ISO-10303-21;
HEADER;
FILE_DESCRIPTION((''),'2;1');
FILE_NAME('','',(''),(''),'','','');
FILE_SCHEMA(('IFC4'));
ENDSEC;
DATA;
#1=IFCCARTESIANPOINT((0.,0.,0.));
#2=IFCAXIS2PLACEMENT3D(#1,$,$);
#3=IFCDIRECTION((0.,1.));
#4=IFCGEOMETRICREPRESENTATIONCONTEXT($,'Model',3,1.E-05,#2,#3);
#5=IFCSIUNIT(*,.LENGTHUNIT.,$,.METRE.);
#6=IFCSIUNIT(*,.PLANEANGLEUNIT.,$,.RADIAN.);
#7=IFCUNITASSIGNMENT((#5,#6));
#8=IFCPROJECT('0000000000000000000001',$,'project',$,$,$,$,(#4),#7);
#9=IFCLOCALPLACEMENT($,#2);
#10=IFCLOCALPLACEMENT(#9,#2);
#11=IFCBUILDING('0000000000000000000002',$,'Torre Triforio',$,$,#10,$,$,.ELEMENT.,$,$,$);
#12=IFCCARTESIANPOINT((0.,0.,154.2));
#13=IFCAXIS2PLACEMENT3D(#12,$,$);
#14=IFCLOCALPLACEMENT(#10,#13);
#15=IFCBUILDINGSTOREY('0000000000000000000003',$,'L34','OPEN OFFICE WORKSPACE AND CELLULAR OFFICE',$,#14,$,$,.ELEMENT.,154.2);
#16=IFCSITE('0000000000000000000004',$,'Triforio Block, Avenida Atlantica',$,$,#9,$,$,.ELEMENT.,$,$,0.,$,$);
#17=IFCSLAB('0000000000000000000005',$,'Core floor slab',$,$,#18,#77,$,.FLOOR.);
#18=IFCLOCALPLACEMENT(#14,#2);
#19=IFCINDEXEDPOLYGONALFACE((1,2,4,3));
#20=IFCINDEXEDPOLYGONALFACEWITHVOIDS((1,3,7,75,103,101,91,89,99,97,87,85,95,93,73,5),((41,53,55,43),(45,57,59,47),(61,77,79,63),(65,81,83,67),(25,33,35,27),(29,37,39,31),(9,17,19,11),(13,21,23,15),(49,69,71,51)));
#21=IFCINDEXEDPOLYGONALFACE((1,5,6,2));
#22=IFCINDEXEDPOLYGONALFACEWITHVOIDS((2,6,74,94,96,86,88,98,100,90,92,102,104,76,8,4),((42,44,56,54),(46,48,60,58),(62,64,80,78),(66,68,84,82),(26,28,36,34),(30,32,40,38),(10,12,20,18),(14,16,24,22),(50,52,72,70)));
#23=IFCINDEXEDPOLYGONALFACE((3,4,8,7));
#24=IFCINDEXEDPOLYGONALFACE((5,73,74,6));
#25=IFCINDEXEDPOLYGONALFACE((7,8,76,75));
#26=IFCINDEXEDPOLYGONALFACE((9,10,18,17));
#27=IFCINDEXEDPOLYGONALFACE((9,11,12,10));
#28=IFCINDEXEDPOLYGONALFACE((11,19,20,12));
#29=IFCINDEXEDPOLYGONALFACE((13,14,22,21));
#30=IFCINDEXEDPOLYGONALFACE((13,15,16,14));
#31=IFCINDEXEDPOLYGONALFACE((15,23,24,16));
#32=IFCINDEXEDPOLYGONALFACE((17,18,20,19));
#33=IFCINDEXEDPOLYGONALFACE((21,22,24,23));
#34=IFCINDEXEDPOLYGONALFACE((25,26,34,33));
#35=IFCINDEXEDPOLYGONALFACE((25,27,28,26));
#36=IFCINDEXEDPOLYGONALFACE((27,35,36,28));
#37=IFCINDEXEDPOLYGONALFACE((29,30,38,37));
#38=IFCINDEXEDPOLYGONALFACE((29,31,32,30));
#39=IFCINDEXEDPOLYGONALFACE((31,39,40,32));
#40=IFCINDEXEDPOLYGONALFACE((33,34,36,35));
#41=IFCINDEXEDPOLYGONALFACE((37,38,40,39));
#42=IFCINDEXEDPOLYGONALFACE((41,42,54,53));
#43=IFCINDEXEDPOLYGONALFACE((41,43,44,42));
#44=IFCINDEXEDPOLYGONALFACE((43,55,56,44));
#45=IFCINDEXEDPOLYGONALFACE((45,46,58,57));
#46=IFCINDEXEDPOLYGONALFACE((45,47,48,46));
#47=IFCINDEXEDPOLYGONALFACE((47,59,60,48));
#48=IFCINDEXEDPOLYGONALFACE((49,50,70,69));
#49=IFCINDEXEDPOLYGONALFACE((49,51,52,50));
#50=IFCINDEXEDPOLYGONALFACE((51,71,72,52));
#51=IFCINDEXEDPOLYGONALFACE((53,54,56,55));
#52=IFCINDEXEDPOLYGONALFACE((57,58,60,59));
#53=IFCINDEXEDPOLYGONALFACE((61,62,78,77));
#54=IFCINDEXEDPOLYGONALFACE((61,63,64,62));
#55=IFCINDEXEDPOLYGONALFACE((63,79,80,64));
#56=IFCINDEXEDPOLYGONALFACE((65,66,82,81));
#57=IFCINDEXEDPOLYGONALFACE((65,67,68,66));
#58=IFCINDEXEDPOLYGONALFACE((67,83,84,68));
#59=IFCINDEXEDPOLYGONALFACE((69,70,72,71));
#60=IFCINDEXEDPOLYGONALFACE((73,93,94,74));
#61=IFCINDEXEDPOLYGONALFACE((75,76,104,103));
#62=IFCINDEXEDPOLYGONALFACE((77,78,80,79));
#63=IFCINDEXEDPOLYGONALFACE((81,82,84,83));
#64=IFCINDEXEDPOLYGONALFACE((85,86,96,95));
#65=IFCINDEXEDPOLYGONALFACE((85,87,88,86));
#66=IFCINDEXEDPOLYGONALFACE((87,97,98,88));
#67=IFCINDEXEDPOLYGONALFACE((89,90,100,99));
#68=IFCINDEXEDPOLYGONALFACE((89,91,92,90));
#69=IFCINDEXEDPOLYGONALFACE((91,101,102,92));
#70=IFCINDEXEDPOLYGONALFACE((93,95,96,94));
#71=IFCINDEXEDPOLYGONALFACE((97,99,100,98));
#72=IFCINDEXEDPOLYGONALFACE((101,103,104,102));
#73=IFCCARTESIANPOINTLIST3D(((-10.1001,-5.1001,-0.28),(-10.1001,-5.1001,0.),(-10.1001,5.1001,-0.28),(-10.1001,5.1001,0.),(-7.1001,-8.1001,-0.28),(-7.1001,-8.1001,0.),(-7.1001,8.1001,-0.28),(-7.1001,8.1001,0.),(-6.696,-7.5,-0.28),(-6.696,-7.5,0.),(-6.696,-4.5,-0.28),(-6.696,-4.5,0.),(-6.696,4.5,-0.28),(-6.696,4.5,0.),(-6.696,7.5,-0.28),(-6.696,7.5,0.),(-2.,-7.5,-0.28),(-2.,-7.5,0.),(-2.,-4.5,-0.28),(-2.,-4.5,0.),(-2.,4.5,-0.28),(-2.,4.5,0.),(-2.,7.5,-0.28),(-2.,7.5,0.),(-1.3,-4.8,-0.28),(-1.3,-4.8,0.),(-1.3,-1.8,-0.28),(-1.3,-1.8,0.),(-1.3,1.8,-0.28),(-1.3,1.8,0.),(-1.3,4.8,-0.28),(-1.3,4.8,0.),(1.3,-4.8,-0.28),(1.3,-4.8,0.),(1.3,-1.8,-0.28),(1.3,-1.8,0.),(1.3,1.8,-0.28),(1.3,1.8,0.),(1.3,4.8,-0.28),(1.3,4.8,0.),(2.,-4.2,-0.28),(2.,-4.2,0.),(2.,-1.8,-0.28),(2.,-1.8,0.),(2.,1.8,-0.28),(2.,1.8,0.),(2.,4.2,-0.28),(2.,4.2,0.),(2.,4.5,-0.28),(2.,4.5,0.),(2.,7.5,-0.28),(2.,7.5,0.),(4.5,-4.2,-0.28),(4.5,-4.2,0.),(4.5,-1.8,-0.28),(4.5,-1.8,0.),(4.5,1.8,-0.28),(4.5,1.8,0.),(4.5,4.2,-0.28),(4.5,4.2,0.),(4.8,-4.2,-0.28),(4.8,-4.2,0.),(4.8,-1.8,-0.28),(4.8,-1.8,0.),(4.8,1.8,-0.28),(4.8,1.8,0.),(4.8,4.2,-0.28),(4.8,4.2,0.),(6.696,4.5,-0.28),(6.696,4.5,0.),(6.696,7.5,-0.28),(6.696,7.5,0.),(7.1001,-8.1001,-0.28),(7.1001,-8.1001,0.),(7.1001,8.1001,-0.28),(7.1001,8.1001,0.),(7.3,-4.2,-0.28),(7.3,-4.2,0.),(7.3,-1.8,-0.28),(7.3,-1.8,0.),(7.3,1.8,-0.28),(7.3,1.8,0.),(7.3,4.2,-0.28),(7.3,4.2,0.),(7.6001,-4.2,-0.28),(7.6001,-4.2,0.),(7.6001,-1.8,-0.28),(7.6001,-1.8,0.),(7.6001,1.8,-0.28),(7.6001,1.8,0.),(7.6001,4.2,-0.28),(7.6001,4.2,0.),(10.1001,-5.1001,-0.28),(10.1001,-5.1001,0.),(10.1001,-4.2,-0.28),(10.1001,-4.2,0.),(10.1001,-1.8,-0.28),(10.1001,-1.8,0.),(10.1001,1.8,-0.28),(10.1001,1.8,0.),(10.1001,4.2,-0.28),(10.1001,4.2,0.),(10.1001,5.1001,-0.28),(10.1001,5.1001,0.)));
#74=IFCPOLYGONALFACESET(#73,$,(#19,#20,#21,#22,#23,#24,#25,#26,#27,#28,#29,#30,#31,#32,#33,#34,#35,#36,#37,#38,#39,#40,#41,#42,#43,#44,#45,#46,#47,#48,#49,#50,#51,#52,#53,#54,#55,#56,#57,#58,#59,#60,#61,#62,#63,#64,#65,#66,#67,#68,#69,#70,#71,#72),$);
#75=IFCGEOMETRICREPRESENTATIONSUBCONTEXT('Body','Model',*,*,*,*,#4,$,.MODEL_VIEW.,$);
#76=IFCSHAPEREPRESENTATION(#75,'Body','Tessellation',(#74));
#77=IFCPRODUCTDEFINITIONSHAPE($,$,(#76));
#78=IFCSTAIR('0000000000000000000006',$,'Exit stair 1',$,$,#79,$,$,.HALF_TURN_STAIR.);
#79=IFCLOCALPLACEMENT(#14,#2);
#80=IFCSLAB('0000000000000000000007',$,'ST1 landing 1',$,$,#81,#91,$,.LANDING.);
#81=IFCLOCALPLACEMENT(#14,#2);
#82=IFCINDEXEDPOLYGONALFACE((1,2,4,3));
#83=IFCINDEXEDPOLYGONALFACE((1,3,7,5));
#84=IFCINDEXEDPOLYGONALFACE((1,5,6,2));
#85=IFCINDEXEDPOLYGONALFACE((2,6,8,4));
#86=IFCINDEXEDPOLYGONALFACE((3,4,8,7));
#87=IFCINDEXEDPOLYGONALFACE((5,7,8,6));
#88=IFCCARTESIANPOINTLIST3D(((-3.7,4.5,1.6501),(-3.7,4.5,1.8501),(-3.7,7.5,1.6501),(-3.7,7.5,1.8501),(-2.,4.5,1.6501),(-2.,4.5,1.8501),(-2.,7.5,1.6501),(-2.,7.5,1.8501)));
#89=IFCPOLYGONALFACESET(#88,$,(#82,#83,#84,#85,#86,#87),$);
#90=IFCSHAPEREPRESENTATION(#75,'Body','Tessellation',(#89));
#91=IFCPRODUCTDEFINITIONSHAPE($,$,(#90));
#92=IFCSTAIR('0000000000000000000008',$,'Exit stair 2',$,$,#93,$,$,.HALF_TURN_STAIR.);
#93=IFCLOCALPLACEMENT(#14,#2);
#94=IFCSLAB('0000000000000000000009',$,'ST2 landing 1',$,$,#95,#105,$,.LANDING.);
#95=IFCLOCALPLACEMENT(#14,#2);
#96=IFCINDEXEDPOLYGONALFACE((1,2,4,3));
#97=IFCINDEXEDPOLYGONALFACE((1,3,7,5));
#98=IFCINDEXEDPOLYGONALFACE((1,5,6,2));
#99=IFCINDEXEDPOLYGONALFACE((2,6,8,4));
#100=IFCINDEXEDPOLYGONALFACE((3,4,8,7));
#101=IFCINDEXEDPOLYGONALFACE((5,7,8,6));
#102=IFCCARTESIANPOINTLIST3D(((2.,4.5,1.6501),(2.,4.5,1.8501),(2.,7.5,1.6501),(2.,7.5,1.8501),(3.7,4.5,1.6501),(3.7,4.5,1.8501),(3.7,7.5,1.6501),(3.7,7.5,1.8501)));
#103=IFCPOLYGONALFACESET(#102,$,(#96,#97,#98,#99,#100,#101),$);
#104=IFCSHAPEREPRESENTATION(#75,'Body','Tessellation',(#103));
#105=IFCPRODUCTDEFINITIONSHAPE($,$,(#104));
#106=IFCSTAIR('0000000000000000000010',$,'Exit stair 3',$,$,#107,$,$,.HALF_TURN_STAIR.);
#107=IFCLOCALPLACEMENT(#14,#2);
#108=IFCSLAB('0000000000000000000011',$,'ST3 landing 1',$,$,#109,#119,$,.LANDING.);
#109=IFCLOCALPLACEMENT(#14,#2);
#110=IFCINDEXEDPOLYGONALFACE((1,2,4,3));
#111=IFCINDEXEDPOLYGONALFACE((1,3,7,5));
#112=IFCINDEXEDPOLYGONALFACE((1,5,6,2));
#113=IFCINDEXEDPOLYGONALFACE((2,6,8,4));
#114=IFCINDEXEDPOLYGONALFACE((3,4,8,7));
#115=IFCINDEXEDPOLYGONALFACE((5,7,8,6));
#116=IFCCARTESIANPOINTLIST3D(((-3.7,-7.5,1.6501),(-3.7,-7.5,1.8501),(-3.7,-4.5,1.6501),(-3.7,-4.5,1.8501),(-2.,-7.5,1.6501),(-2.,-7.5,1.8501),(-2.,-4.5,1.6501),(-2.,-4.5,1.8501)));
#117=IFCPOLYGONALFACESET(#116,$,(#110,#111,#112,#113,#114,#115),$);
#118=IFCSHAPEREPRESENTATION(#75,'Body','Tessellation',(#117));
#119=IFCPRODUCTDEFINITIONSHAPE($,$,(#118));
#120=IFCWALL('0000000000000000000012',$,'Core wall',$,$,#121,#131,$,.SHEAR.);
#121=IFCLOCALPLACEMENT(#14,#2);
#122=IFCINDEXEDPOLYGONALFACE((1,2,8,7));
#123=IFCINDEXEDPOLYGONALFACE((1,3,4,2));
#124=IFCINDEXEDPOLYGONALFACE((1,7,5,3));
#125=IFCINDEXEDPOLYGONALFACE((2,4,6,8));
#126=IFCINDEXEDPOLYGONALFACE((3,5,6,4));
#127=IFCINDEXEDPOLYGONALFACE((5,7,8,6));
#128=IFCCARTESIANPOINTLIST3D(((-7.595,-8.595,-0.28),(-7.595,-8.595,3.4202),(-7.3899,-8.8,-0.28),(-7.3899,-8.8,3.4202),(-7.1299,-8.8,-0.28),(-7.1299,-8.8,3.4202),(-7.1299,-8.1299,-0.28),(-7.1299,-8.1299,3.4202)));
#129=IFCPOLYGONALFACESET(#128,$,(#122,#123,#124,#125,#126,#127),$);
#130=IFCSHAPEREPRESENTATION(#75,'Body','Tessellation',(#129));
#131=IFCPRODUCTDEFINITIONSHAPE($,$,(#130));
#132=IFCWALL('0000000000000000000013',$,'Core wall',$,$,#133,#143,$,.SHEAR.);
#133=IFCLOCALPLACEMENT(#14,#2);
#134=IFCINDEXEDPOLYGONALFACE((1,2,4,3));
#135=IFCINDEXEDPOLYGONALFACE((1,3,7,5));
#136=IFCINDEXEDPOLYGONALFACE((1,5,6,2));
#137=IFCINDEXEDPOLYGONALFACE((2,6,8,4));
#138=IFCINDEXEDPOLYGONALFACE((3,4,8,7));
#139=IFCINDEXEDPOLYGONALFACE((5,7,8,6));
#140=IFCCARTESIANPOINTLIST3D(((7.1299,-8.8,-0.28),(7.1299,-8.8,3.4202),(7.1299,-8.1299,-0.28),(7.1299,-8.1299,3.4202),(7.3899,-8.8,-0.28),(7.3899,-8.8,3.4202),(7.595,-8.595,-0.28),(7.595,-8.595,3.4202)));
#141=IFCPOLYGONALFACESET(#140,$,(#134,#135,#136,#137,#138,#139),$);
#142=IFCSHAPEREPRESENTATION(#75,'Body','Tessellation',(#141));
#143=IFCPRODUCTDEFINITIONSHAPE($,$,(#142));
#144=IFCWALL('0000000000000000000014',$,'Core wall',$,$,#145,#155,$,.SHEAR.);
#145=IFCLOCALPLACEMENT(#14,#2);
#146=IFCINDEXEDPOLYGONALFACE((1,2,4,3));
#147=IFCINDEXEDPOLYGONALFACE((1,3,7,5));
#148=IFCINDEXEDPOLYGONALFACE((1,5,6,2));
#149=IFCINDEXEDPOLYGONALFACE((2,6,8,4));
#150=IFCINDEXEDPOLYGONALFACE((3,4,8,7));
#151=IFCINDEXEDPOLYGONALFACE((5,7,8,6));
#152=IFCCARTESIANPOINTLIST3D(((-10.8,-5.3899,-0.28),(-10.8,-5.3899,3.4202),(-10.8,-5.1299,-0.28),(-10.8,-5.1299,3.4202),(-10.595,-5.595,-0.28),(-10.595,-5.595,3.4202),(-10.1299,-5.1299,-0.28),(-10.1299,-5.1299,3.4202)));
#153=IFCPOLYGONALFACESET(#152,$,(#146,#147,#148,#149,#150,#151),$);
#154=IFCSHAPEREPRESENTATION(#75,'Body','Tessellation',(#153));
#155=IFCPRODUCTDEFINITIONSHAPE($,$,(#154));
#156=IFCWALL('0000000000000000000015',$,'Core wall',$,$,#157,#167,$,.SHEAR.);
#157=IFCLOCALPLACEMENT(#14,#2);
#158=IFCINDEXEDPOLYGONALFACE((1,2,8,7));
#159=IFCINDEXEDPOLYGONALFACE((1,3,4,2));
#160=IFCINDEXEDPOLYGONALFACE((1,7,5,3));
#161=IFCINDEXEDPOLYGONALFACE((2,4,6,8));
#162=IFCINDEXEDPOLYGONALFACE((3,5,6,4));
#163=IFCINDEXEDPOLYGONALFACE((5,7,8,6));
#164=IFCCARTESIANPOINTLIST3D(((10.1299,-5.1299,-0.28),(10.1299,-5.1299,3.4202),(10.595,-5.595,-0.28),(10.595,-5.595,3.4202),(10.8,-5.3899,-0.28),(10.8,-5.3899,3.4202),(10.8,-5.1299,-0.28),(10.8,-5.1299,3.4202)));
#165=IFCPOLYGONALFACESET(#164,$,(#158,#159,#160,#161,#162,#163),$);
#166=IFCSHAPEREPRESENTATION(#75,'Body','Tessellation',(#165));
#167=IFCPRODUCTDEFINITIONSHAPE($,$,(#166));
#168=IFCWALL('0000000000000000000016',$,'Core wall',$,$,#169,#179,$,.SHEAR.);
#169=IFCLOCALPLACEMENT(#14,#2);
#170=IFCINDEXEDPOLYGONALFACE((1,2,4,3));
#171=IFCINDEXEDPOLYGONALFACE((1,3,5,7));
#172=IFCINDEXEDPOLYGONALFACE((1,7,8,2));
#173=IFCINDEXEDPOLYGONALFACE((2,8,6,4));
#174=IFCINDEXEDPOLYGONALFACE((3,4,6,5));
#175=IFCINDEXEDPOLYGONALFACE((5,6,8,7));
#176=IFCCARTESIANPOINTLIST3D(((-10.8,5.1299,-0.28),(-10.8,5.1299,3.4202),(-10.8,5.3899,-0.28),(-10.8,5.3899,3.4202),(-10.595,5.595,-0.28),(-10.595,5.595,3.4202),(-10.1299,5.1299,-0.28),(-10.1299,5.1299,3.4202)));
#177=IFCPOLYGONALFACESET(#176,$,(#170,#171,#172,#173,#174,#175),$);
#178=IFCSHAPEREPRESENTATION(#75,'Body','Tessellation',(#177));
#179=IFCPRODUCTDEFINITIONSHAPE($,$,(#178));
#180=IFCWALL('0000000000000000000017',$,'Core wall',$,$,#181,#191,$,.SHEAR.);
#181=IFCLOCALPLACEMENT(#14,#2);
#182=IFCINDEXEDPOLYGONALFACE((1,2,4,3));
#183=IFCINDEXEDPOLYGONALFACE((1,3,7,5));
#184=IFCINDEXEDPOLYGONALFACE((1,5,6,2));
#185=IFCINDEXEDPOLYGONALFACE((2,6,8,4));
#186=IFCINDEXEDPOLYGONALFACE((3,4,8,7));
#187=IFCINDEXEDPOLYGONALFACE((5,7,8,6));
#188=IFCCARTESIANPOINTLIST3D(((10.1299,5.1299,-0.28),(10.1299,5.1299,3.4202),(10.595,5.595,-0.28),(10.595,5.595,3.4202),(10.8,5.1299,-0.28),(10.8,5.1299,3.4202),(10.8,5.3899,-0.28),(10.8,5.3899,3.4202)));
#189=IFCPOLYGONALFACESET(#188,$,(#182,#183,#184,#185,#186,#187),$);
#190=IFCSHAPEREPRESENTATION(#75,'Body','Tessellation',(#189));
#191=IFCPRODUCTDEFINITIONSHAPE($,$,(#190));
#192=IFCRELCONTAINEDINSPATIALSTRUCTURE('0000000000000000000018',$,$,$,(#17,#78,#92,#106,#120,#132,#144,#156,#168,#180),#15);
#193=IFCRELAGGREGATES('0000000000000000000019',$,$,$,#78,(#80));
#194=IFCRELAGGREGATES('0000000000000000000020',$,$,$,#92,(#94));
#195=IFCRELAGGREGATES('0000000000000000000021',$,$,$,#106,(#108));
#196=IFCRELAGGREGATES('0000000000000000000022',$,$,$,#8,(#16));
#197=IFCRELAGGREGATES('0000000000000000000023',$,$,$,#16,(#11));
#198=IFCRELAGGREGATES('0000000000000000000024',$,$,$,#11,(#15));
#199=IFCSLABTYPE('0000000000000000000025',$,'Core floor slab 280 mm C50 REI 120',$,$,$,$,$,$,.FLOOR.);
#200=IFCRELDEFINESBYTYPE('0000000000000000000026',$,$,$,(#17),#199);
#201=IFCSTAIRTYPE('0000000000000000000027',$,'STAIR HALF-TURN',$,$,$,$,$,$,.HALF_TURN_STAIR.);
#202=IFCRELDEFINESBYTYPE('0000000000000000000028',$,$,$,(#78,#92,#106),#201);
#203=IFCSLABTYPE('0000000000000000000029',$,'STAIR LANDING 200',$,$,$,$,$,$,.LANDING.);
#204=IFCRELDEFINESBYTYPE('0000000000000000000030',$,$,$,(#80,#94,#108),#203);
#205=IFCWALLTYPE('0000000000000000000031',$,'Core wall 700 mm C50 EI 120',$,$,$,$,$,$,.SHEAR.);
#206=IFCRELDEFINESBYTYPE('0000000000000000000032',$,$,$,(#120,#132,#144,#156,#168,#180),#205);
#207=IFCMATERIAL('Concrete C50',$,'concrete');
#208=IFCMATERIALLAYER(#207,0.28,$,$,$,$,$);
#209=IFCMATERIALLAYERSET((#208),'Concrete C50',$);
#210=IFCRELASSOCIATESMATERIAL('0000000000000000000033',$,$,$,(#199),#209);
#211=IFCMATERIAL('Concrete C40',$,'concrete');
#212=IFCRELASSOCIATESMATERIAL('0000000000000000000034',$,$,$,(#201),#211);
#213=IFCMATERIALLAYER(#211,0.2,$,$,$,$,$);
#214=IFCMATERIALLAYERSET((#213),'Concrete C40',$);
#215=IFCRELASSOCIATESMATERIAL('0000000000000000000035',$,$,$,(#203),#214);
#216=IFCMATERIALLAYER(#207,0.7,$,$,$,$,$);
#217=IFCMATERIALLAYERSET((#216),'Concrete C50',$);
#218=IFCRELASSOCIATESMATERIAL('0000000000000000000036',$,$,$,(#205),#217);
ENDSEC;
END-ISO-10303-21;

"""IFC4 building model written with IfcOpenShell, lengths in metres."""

from ifc_helpers import new_model, si_unit, direction, frame, origin, place, context, subcontext, project, spatial, polyline, outline, extrude, material, layer, layer_set, type_object, element, aggregate, save


model = new_model("IFC4")

# Units and contexts
model_context = context("Model", 3, precision=1e-05, world=origin(), true_north=direction((0.0, 1.0)))
body_context = subcontext(model_context, "Body", "Model", "MODEL_VIEW")
ifc_project = project(units=[si_unit("LENGTHUNIT", "METRE"), si_unit("PLANEANGLEUNIT", "RADIAN")], contexts=[model_context])

# Site, building, storey
site_placement = place(None, origin())
site = spatial("IfcSite", under=ifc_project, at=site_placement, Name="Triforio Block, Avenida Atlantica", CompositionType="ELEMENT", RefElevation=0.0)
building_placement = place(site_placement, origin())
building = spatial("IfcBuilding", under=site, at=building_placement, Name="Torre Triforio", CompositionType="ELEMENT")
storey_placement = place(building_placement, frame((0.0, 0.0, 154.2)))
storey = spatial("IfcBuildingStorey", under=building, at=storey_placement, Name="L34", Description="OPEN OFFICE WORKSPACE AND CELLULAR OFFICE", CompositionType="ELEMENT", Elevation=154.2)

# Slab
ifc_material_1 = material(Name="Concrete C50", Category="concrete")
ifc_layer_1 = layer(ifc_material_1, 0.28)
ifc_layer_set_1 = layer_set([ifc_layer_1], Name="Concrete C50")
slab_type_1 = type_object("IfcSlabType", Name="Core floor slab 280 mm C50 REI 120", PredefinedType="FLOOR", material=ifc_layer_set_1)
slab_1_placement = place(storey_placement, frame((0.0, 0.0, -0.28)))
element("IfcSlab", 1, at=slab_1_placement, inside=storey, type_object=slab_type_1, Name="Core floor slab", PredefinedType="FLOOR", context=body_context, shape_type="SweptSolid", body=[
    extrude(outline(polyline([(10.1001, -5.1001), (7.1001, -8.1001), (-7.1001, -8.1001), (-10.1001, -5.1001), (-10.1001, 5.1001), (-7.1001, 8.1001), (7.1001, 8.1001), (10.1001, 5.1001), (10.1001, 4.2), (7.6001, 4.2), (7.6001, 1.8), (10.1001, 1.8), (10.1001, -1.8), (7.6001, -1.8), (7.6001, -4.2), (10.1001, -4.2), (10.1001, -5.1001)]), holes=[polyline([(-6.696, -4.5), (-6.696, -7.5), (-2.0, -7.5), (-2.0, -4.5), (-6.696, -4.5)]), polyline([(-1.3, -1.8), (-1.3, -4.8), (1.3, -4.8), (1.3, -1.8), (-1.3, -1.8)]), polyline([(2.0, -1.8), (2.0, -4.2), (4.5, -4.2), (4.5, -1.8), (2.0, -1.8)]), polyline([(4.5, 4.2), (2.0, 4.2), (2.0, 1.8), (4.5, 1.8), (4.5, 4.2)]), polyline([(1.3, 4.8), (-1.3, 4.8), (-1.3, 1.8), (1.3, 1.8), (1.3, 4.8)]), polyline([(-6.696, 7.5), (-6.696, 4.5), (-2.0, 4.5), (-2.0, 7.5), (-6.696, 7.5)]), polyline([(7.3, -1.8), (4.8, -1.8), (4.8, -4.2), (7.3, -4.2), (7.3, -1.8)]), polyline([(4.8, 4.2), (4.8, 1.8), (7.3, 1.8), (7.3, 4.2), (4.8, 4.2)]), polyline([(6.696, 7.5), (2.0, 7.5), (2.0, 4.5), (6.696, 4.5), (6.696, 7.5)])]), origin(), (0.0, 0.0, 1.0), 0.28),
])

# Stairs, slabs
ifc_material_2 = material(Name="Concrete C40", Category="concrete")
stair_type = type_object("IfcStairType", Name="STAIR HALF-TURN", PredefinedType="HALF_TURN_STAIR", material=ifc_material_2)
stair_1_placement = place(storey_placement, origin())
stair_1 = element("IfcStair", 2, at=stair_1_placement, inside=storey, type_object=stair_type, Name="Exit stair 1", PredefinedType="HALF_TURN_STAIR")
ifc_layer_2 = layer(ifc_material_2, 0.2)
ifc_layer_set_2 = layer_set([ifc_layer_2], Name="Concrete C40")
slab_type_2 = type_object("IfcSlabType", Name="STAIR LANDING 200", PredefinedType="LANDING", material=ifc_layer_set_2)
slab_2_placement = place(storey_placement, frame((0.0, 0.0, 1.6501)))
slab_2 = element("IfcSlab", 3, at=slab_2_placement, type_object=slab_type_2, Name="ST1 landing 1", PredefinedType="LANDING", context=body_context, shape_type="SweptSolid", body=[
    extrude(outline(polyline([(-2.0, 4.5), (-2.0, 7.5), (-3.7, 7.5), (-3.7, 4.5), (-2.0, 4.5)])), origin(), (0.0, 0.0, 1.0), 0.2),
])
aggregate(stair_1, [slab_2])
stair_2_placement = place(storey_placement, origin())
stair_2 = element("IfcStair", 4, at=stair_2_placement, inside=storey, type_object=stair_type, Name="Exit stair 2", PredefinedType="HALF_TURN_STAIR")
slab_3_placement = place(storey_placement, frame((0.0, 0.0, 1.6501)))
slab_3 = element("IfcSlab", 5, at=slab_3_placement, type_object=slab_type_2, Name="ST2 landing 1", PredefinedType="LANDING", context=body_context, shape_type="SweptSolid", body=[
    extrude(outline(polyline([(3.7, 4.5), (3.7, 7.5), (2.0, 7.5), (2.0, 4.5), (3.7, 4.5)])), origin(), (0.0, 0.0, 1.0), 0.2),
])
aggregate(stair_2, [slab_3])
stair_3_placement = place(storey_placement, origin())
stair_3 = element("IfcStair", 6, at=stair_3_placement, inside=storey, type_object=stair_type, Name="Exit stair 3", PredefinedType="HALF_TURN_STAIR")
slab_4_placement = place(storey_placement, frame((0.0, 0.0, 1.6501)))
slab_4 = element("IfcSlab", 7, at=slab_4_placement, type_object=slab_type_2, Name="ST3 landing 1", PredefinedType="LANDING", context=body_context, shape_type="SweptSolid", body=[
    extrude(outline(polyline([(-2.0, -7.5), (-2.0, -4.5), (-3.7, -4.5), (-3.7, -7.5), (-2.0, -7.5)])), origin(), (0.0, 0.0, 1.0), 0.2),
])
aggregate(stair_3, [slab_4])

# Walls
ifc_layer_3 = layer(ifc_material_1, 0.7)
ifc_layer_set_3 = layer_set([ifc_layer_3], Name="Concrete C50")
wall_type_1 = type_object("IfcWallType", Name="Core wall 700 mm C50 EI 120", PredefinedType="SHEAR", material=ifc_layer_set_3)
wall_1_placement = place(storey_placement, frame((0.0, 0.0, -0.28)))
element("IfcWall", 8, at=wall_1_placement, inside=storey, type_object=wall_type_1, Name="Core wall", PredefinedType="SHEAR", context=body_context, shape_type="SweptSolid", body=[
    extrude(outline(polyline([(-7.3899, -8.8), (-7.595, -8.595), (-7.595, -8.595), (-7.595, -8.595), (-7.1299, -8.1299), (-7.1299, -8.8), (-7.1299, -8.8), (-7.3899, -8.8)])), origin(), (0.0, 0.0, 1.0), 3.7002),
])
wall_2_placement = place(storey_placement, frame((0.0, 0.0, -0.28)))
element("IfcWall", 9, at=wall_2_placement, inside=storey, type_object=wall_type_1, Name="Core wall", PredefinedType="SHEAR", context=body_context, shape_type="SweptSolid", body=[
    extrude(outline(polyline([(7.3899, -8.8), (7.1299, -8.8), (7.1299, -8.8), (7.1299, -8.1299), (7.595, -8.595), (7.595, -8.595), (7.595, -8.595), (7.3899, -8.8)])), origin(), (0.0, 0.0, 1.0), 3.7002),
])
wall_3_placement = place(storey_placement, frame((0.0, 0.0, -0.28)))
element("IfcWall", 10, at=wall_3_placement, inside=storey, type_object=wall_type_1, Name="Core wall", PredefinedType="SHEAR", context=body_context, shape_type="SweptSolid", body=[
    extrude(outline(polyline([(-10.8, -5.3899), (-10.8, -5.1299), (-10.8, -5.1299), (-10.1299, -5.1299), (-10.595, -5.595), (-10.595, -5.595), (-10.595, -5.595), (-10.8, -5.3899)])), origin(), (0.0, 0.0, 1.0), 3.7002),
])
wall_4_placement = place(storey_placement, frame((0.0, 0.0, -0.28)))
element("IfcWall", 11, at=wall_4_placement, inside=storey, type_object=wall_type_1, Name="Core wall", PredefinedType="SHEAR", context=body_context, shape_type="SweptSolid", body=[
    extrude(outline(polyline([(10.8, -5.3899), (10.595, -5.595), (10.595, -5.595), (10.595, -5.595), (10.1299, -5.1299), (10.8, -5.1299), (10.8, -5.1299), (10.8, -5.3899)])), origin(), (0.0, 0.0, 1.0), 3.7002),
])
wall_5_placement = place(storey_placement, frame((0.0, 0.0, -0.28)))
element("IfcWall", 12, at=wall_5_placement, inside=storey, type_object=wall_type_1, Name="Core wall", PredefinedType="SHEAR", context=body_context, shape_type="SweptSolid", body=[
    extrude(outline(polyline([(-10.595, 5.595), (-10.595, 5.595), (-10.595, 5.595), (-10.1299, 5.1299), (-10.8, 5.1299), (-10.8, 5.1299), (-10.8, 5.3899), (-10.595, 5.595)])), origin(), (0.0, 0.0, 1.0), 3.7002),
])
wall_6_placement = place(storey_placement, frame((0.0, 0.0, -0.28)))
element("IfcWall", 13, at=wall_6_placement, inside=storey, type_object=wall_type_1, Name="Core wall", PredefinedType="SHEAR", context=body_context, shape_type="SweptSolid", body=[
    extrude(outline(polyline([(10.8, 5.3899), (10.8, 5.1299), (10.8, 5.1299), (10.1299, 5.1299), (10.595, 5.595), (10.595, 5.595), (10.595, 5.595), (10.8, 5.3899)])), origin(), (0.0, 0.0, 1.0), 3.7002),
])

save(model, "model.ifc")
